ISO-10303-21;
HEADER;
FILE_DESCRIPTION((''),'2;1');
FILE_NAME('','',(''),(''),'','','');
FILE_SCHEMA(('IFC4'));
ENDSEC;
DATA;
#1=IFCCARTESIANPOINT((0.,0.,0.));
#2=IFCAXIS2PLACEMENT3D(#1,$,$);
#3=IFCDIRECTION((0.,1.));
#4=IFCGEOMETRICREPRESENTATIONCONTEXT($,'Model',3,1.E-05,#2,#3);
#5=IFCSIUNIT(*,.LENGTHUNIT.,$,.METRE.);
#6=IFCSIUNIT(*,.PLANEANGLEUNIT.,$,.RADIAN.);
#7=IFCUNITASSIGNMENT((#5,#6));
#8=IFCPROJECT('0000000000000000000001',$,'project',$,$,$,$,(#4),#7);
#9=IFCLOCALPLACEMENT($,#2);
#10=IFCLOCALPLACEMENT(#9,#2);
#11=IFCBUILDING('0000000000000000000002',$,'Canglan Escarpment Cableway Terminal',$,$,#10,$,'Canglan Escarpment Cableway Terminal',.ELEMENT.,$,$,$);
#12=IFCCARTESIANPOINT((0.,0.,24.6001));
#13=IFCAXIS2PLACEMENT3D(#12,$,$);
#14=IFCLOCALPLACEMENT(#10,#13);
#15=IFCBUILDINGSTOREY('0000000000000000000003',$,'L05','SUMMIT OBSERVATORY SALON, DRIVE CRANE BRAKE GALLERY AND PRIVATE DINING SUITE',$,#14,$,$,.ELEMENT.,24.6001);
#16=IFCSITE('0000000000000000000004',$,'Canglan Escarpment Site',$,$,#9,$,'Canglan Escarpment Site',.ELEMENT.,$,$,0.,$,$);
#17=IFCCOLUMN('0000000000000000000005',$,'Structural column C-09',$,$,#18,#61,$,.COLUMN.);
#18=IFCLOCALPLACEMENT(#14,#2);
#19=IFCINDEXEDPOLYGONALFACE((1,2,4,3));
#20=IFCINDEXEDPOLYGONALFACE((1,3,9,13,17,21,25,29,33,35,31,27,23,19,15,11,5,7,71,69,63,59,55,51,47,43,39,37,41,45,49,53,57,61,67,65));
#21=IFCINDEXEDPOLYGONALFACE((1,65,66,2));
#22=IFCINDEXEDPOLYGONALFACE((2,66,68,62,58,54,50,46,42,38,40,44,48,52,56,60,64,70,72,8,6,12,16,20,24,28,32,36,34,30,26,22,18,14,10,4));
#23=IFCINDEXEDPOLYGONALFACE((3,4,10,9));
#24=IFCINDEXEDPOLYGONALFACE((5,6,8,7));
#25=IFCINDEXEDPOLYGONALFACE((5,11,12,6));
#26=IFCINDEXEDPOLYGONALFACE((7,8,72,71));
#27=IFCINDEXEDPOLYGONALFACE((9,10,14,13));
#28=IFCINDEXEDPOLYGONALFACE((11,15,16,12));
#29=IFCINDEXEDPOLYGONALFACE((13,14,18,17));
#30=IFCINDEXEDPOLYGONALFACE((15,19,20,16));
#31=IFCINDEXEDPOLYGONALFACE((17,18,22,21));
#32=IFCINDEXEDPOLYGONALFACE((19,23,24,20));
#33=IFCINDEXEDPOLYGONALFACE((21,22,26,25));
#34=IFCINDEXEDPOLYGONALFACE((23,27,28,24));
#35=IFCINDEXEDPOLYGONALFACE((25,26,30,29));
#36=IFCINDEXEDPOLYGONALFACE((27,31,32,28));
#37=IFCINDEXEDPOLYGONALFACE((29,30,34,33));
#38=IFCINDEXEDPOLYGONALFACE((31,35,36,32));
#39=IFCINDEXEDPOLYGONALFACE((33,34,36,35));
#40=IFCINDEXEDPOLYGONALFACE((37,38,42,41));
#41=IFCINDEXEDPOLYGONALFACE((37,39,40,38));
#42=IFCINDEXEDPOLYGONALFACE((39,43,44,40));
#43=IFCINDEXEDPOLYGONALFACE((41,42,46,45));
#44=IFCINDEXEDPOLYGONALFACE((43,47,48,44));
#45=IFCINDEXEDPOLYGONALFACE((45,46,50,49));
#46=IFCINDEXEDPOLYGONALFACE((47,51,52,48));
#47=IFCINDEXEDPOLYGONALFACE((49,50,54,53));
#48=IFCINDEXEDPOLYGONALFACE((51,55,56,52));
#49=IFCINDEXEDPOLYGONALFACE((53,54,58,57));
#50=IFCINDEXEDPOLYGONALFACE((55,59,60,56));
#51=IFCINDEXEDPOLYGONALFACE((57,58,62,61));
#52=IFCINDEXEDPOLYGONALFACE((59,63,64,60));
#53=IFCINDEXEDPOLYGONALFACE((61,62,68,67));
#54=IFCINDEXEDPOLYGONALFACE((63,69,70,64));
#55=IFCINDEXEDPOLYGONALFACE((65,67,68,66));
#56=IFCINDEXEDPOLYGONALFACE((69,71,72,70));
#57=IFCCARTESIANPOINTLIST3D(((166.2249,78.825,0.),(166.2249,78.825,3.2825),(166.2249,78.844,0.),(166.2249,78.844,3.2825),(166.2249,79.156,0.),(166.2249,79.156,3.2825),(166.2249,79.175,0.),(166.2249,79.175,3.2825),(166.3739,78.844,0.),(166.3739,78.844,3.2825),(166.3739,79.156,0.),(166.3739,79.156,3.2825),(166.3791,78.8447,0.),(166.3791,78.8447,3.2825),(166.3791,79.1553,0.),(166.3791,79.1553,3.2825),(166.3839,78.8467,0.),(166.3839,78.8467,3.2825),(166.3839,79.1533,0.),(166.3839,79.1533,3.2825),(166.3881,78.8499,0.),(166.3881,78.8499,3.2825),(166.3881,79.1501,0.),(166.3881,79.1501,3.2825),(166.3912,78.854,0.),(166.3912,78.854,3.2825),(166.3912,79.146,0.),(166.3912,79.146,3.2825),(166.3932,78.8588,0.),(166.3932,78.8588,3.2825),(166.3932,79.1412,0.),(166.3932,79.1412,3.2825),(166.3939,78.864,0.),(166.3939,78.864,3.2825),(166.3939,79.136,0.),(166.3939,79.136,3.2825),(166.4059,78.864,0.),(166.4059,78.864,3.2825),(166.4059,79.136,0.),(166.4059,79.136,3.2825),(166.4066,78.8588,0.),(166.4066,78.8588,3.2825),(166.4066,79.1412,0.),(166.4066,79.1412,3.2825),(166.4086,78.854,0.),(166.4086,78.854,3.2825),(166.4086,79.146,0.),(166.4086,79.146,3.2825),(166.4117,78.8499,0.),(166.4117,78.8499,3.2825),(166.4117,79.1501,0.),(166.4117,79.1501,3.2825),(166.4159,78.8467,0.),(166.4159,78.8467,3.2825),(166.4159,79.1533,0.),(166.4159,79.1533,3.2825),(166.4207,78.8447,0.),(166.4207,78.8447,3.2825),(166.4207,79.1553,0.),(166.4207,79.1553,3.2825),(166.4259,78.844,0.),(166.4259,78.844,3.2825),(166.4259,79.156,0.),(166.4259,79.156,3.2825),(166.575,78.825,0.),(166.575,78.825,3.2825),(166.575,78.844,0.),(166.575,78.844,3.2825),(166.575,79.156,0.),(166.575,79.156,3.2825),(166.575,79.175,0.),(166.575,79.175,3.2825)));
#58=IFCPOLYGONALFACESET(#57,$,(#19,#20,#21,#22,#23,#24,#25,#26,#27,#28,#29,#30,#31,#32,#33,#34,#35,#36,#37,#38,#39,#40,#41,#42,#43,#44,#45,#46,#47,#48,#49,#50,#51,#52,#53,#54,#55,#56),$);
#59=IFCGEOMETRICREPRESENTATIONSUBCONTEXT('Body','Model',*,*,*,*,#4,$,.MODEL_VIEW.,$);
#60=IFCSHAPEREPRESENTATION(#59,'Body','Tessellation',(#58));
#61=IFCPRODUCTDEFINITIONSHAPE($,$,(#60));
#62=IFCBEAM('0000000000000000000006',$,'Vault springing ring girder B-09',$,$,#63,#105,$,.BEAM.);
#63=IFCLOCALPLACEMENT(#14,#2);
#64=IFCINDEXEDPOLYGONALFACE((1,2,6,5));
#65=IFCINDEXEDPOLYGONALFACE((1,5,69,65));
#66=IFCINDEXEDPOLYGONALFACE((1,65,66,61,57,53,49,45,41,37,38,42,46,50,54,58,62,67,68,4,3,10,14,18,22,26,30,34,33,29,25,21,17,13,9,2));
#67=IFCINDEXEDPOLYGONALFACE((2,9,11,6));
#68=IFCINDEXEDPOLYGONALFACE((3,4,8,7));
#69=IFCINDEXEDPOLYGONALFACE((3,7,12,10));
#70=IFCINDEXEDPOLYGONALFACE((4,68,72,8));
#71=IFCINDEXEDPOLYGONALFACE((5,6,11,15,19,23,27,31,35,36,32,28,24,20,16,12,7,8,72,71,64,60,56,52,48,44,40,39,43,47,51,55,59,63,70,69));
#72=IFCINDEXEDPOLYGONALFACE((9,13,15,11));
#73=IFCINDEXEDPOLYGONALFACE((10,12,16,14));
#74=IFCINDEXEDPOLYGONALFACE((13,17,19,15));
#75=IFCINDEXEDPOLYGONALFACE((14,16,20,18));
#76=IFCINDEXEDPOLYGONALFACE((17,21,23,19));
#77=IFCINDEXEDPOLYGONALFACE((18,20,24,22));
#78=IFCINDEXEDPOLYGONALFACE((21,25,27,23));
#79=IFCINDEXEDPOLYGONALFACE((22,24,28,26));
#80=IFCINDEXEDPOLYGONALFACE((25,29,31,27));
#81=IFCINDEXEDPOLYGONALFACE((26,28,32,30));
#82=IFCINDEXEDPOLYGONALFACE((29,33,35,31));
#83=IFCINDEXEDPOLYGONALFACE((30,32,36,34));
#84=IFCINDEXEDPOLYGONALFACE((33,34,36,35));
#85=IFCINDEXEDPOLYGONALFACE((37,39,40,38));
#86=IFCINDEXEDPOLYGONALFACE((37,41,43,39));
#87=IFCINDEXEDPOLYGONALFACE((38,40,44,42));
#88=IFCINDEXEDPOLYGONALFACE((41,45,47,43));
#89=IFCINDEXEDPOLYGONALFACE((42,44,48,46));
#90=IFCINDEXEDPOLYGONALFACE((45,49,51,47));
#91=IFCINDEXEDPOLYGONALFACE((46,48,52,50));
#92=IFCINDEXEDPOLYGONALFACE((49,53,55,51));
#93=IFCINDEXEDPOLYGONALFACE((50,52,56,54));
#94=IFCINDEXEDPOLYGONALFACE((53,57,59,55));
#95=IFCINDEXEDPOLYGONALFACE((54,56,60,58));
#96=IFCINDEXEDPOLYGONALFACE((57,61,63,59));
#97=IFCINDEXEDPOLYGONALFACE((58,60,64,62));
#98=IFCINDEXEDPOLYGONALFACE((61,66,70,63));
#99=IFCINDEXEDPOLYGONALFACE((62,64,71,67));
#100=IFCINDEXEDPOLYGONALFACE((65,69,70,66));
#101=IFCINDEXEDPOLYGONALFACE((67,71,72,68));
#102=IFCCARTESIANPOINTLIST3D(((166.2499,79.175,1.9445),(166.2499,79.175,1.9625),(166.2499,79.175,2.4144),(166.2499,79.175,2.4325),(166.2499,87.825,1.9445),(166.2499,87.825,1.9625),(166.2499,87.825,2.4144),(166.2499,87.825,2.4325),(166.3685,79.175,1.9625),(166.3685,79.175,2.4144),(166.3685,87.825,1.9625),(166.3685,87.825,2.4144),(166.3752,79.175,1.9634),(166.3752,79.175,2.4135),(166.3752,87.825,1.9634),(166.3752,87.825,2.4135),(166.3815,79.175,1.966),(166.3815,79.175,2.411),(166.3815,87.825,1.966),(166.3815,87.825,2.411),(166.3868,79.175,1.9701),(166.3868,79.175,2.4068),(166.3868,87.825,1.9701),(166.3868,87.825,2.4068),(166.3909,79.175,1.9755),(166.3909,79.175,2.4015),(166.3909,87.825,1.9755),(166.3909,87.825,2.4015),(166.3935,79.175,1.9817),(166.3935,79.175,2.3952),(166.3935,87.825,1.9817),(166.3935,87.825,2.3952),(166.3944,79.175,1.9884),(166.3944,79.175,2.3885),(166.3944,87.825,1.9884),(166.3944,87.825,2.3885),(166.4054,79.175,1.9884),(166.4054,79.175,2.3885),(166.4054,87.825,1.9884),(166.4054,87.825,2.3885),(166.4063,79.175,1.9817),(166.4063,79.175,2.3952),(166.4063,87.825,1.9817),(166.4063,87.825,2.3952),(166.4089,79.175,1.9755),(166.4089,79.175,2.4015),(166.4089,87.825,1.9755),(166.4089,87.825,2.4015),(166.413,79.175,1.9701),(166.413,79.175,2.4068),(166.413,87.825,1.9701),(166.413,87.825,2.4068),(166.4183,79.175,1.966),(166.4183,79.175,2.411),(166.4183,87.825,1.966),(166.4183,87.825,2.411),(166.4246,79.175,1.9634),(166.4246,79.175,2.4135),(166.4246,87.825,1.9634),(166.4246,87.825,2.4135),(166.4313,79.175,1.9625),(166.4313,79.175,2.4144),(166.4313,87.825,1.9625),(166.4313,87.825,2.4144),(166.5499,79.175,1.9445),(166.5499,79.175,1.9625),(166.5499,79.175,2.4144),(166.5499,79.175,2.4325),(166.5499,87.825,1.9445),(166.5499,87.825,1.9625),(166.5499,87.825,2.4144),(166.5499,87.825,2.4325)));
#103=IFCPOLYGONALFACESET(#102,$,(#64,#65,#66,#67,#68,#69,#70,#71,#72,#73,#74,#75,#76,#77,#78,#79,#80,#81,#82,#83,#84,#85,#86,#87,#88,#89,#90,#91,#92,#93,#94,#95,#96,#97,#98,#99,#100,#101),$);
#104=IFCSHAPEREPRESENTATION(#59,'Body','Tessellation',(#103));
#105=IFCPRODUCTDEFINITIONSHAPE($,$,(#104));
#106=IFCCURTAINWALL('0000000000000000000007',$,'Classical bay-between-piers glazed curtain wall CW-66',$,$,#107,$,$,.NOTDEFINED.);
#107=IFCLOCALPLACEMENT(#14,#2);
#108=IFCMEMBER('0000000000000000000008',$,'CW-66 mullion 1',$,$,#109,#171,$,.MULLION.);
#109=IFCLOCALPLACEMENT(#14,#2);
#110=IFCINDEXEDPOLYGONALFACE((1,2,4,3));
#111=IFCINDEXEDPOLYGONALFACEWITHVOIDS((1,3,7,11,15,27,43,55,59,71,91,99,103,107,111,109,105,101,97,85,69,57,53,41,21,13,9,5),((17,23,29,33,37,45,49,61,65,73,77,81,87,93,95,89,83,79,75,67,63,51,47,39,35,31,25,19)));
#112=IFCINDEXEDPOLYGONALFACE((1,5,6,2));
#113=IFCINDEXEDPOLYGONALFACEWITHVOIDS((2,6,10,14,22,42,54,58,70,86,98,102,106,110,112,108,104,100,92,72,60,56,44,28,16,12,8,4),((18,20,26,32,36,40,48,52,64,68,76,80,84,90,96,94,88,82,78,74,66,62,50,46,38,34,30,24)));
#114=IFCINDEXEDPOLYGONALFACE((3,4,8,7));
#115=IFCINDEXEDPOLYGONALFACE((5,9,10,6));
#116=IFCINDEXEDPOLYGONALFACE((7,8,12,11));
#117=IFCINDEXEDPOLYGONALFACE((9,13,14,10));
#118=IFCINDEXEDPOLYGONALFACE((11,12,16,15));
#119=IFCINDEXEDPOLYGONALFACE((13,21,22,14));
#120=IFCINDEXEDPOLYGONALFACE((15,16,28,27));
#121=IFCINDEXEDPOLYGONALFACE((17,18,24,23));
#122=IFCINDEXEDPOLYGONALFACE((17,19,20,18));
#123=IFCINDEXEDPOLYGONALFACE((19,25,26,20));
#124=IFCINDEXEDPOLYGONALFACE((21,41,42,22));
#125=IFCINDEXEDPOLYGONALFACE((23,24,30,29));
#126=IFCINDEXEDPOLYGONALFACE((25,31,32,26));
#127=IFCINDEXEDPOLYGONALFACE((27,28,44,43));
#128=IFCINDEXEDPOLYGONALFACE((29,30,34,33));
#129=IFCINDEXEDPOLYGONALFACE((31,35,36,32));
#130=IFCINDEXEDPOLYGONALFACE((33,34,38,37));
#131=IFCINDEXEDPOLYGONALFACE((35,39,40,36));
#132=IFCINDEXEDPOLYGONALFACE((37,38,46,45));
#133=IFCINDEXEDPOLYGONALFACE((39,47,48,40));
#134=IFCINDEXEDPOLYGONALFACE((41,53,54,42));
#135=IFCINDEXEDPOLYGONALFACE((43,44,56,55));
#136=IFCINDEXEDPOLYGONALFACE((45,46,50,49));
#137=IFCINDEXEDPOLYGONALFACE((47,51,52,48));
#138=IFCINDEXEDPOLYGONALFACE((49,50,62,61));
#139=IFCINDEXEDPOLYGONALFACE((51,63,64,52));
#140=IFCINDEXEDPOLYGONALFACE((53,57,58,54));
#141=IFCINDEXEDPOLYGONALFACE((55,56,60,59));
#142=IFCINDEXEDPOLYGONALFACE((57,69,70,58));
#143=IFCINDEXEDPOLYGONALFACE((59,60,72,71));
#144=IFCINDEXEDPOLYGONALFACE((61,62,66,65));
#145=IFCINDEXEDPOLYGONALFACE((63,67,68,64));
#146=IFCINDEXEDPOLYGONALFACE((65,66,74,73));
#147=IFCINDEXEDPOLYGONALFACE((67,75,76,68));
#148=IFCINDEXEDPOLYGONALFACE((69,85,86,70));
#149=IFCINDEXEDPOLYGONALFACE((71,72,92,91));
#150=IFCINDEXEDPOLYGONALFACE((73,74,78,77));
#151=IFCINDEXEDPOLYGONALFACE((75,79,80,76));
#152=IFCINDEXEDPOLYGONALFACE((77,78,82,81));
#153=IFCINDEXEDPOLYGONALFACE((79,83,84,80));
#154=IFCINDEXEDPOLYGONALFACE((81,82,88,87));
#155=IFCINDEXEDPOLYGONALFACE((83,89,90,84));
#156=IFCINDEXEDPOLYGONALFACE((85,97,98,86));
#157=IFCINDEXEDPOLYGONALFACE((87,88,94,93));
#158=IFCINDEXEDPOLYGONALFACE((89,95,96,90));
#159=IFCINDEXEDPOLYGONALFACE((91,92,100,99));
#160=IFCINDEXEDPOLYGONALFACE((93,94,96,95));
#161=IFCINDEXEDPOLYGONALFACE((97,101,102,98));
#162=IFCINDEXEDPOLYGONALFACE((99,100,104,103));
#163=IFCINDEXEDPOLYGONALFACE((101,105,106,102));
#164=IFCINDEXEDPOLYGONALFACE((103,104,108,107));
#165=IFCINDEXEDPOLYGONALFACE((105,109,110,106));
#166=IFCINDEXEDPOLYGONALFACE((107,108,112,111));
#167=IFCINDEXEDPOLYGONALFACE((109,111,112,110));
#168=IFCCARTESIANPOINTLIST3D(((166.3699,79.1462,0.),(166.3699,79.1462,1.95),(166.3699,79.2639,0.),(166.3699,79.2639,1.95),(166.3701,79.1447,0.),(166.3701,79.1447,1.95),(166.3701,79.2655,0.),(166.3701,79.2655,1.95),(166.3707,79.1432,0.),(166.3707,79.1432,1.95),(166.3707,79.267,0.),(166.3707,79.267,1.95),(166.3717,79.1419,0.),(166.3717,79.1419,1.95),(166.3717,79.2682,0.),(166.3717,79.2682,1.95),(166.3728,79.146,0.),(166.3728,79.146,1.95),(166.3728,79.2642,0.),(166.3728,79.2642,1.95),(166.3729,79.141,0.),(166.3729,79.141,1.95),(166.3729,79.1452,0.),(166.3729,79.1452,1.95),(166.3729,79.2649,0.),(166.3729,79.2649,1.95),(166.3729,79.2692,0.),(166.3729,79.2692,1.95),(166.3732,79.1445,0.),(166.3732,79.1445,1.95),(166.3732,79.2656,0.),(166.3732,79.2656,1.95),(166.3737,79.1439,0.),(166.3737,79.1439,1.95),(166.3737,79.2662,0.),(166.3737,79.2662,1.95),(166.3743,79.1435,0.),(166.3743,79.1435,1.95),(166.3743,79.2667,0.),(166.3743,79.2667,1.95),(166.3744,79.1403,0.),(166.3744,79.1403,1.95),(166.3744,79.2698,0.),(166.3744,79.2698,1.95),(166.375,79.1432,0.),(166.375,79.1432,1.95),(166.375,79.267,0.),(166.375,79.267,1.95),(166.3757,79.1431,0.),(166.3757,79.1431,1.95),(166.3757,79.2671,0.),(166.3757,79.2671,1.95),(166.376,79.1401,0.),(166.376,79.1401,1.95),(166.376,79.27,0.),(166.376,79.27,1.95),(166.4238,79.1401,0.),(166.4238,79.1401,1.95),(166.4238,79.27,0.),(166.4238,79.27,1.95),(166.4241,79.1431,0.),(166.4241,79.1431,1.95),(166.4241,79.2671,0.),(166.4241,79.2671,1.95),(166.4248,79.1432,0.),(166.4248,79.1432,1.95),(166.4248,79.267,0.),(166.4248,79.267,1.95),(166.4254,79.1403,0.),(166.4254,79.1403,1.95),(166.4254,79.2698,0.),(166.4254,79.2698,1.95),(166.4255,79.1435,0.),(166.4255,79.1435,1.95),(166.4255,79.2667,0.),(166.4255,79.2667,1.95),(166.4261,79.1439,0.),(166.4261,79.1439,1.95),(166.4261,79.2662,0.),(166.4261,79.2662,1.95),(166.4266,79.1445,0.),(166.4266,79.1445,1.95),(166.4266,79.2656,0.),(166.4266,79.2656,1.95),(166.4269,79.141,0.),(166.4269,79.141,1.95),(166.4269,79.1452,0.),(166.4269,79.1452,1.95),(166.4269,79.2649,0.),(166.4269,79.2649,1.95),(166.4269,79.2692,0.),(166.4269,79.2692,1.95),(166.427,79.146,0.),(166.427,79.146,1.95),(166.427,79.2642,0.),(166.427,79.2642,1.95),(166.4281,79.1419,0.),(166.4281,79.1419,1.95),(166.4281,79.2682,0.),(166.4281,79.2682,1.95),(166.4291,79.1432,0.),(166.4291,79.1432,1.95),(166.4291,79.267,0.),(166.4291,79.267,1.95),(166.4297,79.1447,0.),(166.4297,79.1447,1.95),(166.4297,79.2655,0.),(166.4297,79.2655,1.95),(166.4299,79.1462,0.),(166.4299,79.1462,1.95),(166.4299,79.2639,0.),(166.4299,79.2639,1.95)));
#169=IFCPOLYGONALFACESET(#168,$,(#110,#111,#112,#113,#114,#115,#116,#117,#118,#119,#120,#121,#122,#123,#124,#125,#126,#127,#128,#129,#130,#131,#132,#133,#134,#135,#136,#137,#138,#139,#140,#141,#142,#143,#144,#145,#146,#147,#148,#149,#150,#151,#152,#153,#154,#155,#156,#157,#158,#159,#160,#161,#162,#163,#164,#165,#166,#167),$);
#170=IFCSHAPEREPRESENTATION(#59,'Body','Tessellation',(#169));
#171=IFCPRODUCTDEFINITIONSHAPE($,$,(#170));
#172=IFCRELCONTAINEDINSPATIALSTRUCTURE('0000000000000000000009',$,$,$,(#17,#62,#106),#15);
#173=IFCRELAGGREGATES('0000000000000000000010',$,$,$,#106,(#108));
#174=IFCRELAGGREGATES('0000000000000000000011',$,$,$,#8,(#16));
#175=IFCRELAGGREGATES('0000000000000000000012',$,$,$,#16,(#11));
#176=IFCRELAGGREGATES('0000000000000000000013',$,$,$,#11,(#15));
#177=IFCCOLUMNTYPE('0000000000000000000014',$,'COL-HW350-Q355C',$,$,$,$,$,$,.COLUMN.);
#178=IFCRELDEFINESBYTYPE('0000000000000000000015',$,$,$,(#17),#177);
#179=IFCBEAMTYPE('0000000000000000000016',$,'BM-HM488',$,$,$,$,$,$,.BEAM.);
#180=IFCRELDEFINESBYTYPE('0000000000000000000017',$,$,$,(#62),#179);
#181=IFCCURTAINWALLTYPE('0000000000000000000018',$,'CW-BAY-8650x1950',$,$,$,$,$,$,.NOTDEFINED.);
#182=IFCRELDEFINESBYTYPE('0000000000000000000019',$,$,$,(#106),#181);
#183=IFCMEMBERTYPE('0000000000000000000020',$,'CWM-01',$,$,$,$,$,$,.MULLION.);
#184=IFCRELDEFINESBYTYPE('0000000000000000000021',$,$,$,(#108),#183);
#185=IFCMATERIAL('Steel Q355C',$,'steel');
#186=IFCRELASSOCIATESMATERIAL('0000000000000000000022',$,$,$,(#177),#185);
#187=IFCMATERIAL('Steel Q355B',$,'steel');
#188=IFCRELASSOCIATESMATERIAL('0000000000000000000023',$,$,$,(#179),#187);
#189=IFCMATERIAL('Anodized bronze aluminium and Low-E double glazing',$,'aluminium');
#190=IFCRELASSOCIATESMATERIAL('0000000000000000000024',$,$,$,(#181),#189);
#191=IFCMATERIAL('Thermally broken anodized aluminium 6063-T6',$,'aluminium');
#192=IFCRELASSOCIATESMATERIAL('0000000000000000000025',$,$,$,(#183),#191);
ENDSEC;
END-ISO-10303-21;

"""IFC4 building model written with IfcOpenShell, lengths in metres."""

from ifc_helpers import new_model, si_unit, direction, frame, origin, origin_2d, place, context, subcontext, project, spatial, hollow_rectangle, i_section, extrude, material, material_profile, profile_set, type_object, element, aggregate, save


model = new_model("IFC4")

# Units and contexts
model_context = context("Model", 3, precision=1e-05, world=origin(), true_north=direction((0.0, 1.0)))
body_context = subcontext(model_context, "Body", "Model", "MODEL_VIEW")
ifc_project = project(units=[si_unit("LENGTHUNIT", "METRE"), si_unit("PLANEANGLEUNIT", "RADIAN")], contexts=[model_context])

# Site, building, storey
site_placement = place(None, origin())
site = spatial("IfcSite", under=ifc_project, at=site_placement, Name="Canglan Escarpment Site", LongName="Canglan Escarpment Site", CompositionType="ELEMENT", RefElevation=0.0)
building_placement = place(site_placement, origin())
building = spatial("IfcBuilding", under=site, at=building_placement, Name="Canglan Escarpment Cableway Terminal", LongName="Canglan Escarpment Cableway Terminal", CompositionType="ELEMENT")
storey_placement = place(building_placement, frame((0.0, 0.0, 24.6001)))
storey = spatial("IfcBuildingStorey", under=building, at=storey_placement, Name="L05", Description="SUMMIT OBSERVATORY SALON, DRIVE CRANE BRAKE GALLERY AND PRIVATE DINING SUITE", CompositionType="ELEMENT", Elevation=24.6001)

# Column
ifc_material_1 = material(Name="Steel Q355C", Category="steel")
ifc_material_profile_1 = material_profile(ifc_material_1, i_section(OverallWidth=0.3501, OverallDepth=0.3501, WebThickness=0.012, FlangeThickness=0.019, FilletRadius=0.02, at=origin_2d()), Name="HW 350x350x12x19")
ifc_profile_set_1 = profile_set([ifc_material_profile_1], Name="Steel Q355C")
column_type = type_object("IfcColumnType", Name="COL-HW350-Q355C", PredefinedType="COLUMN", material=ifc_profile_set_1)
column_placement = place(storey_placement, frame((166.3999, 79.0, 0.0), z_axis=(0.0, 0.0, 1.0), x_axis=(1.0, 0.0, 0.0)))
element("IfcColumn", 1, at=column_placement, inside=storey, type_object=column_type, Name="Structural column C-09", PredefinedType="COLUMN", context=body_context, shape_type="SweptSolid", body=[
    extrude(i_section(OverallWidth=0.3501, OverallDepth=0.3501, WebThickness=0.012, FlangeThickness=0.019, FilletRadius=0.02, at=origin_2d()), origin(), (0.0, 0.0, 1.0), 3.2825),
])

# Beam
ifc_material_2 = material(Name="Steel Q355B", Category="steel")
ifc_material_profile_2 = material_profile(ifc_material_2, i_section(OverallWidth=0.3, OverallDepth=0.488, WebThickness=0.011, FlangeThickness=0.0181, FilletRadius=0.0259, at=origin_2d()), Name="HM 488x300x11x18")
ifc_profile_set_2 = profile_set([ifc_material_profile_2], Name="Steel Q355B")
beam_type = type_object("IfcBeamType", Name="BM-HM488", PredefinedType="BEAM", material=ifc_profile_set_2)
beam_placement = place(storey_placement, frame((166.3999, 79.175, 2.1885), z_axis=(0.0, 1.0, 0.0), x_axis=(-1.0, 0.0, 0.0)))
element("IfcBeam", 2, at=beam_placement, inside=storey, type_object=beam_type, Name="Vault springing ring girder B-09", PredefinedType="BEAM", context=body_context, shape_type="SweptSolid", body=[
    extrude(i_section(OverallWidth=0.3, OverallDepth=0.488, WebThickness=0.011, FlangeThickness=0.0181, FilletRadius=0.0259, at=origin_2d()), origin(), (0.0, 0.0, 1.0), 8.6499),
])

# Curtain wall, member
ifc_material_3 = material(Name="Anodized bronze aluminium and Low-E double glazing", Category="aluminium")
curtain_wall_type = type_object("IfcCurtainWallType", Name="CW-BAY-8650x1950", PredefinedType="NOTDEFINED", material=ifc_material_3)
curtain_wall_1_placement = place(storey_placement, origin())
curtain_wall_1 = element("IfcCurtainWall", 3, at=curtain_wall_1_placement, inside=storey, type_object=curtain_wall_type, Name="Classical bay-between-piers glazed curtain wall CW-66", PredefinedType="NOTDEFINED")
ifc_material_4 = material(Name="Thermally broken anodized aluminium 6063-T6", Category="aluminium")
ifc_material_profile_3 = material_profile(ifc_material_4, hollow_rectangle(XDim=0.0601, YDim=0.1299, WallThickness=0.0029, InnerFilletRadius=0.0029, OuterFilletRadius=0.0061, at=origin_2d()), Name="ALU-MULL 60x130x3")
ifc_profile_set_3 = profile_set([ifc_material_profile_3], Name="Thermally broken anodized aluminium 6063-T6")
member_type_1 = type_object("IfcMemberType", Name="CWM-01", PredefinedType="MULLION", material=ifc_profile_set_3)
member_1_placement = place(storey_placement, frame((166.3999, 79.2051, 0.0), z_axis=(0.0, 0.0, 1.0), x_axis=(-1.0, 0.0, 0.0)))
member_1 = element("IfcMember", 4, at=member_1_placement, type_object=member_type_1, Name="CW-66 mullion 1", PredefinedType="MULLION", context=body_context, shape_type="SweptSolid", body=[
    extrude(hollow_rectangle(XDim=0.0601, YDim=0.1299, WallThickness=0.0029, InnerFilletRadius=0.0029, OuterFilletRadius=0.0061, at=origin_2d()), origin(), (0.0, 0.0, 1.0), 1.95),
])

aggregate(curtain_wall_1, [member_1])

save(model, "model.ifc")
